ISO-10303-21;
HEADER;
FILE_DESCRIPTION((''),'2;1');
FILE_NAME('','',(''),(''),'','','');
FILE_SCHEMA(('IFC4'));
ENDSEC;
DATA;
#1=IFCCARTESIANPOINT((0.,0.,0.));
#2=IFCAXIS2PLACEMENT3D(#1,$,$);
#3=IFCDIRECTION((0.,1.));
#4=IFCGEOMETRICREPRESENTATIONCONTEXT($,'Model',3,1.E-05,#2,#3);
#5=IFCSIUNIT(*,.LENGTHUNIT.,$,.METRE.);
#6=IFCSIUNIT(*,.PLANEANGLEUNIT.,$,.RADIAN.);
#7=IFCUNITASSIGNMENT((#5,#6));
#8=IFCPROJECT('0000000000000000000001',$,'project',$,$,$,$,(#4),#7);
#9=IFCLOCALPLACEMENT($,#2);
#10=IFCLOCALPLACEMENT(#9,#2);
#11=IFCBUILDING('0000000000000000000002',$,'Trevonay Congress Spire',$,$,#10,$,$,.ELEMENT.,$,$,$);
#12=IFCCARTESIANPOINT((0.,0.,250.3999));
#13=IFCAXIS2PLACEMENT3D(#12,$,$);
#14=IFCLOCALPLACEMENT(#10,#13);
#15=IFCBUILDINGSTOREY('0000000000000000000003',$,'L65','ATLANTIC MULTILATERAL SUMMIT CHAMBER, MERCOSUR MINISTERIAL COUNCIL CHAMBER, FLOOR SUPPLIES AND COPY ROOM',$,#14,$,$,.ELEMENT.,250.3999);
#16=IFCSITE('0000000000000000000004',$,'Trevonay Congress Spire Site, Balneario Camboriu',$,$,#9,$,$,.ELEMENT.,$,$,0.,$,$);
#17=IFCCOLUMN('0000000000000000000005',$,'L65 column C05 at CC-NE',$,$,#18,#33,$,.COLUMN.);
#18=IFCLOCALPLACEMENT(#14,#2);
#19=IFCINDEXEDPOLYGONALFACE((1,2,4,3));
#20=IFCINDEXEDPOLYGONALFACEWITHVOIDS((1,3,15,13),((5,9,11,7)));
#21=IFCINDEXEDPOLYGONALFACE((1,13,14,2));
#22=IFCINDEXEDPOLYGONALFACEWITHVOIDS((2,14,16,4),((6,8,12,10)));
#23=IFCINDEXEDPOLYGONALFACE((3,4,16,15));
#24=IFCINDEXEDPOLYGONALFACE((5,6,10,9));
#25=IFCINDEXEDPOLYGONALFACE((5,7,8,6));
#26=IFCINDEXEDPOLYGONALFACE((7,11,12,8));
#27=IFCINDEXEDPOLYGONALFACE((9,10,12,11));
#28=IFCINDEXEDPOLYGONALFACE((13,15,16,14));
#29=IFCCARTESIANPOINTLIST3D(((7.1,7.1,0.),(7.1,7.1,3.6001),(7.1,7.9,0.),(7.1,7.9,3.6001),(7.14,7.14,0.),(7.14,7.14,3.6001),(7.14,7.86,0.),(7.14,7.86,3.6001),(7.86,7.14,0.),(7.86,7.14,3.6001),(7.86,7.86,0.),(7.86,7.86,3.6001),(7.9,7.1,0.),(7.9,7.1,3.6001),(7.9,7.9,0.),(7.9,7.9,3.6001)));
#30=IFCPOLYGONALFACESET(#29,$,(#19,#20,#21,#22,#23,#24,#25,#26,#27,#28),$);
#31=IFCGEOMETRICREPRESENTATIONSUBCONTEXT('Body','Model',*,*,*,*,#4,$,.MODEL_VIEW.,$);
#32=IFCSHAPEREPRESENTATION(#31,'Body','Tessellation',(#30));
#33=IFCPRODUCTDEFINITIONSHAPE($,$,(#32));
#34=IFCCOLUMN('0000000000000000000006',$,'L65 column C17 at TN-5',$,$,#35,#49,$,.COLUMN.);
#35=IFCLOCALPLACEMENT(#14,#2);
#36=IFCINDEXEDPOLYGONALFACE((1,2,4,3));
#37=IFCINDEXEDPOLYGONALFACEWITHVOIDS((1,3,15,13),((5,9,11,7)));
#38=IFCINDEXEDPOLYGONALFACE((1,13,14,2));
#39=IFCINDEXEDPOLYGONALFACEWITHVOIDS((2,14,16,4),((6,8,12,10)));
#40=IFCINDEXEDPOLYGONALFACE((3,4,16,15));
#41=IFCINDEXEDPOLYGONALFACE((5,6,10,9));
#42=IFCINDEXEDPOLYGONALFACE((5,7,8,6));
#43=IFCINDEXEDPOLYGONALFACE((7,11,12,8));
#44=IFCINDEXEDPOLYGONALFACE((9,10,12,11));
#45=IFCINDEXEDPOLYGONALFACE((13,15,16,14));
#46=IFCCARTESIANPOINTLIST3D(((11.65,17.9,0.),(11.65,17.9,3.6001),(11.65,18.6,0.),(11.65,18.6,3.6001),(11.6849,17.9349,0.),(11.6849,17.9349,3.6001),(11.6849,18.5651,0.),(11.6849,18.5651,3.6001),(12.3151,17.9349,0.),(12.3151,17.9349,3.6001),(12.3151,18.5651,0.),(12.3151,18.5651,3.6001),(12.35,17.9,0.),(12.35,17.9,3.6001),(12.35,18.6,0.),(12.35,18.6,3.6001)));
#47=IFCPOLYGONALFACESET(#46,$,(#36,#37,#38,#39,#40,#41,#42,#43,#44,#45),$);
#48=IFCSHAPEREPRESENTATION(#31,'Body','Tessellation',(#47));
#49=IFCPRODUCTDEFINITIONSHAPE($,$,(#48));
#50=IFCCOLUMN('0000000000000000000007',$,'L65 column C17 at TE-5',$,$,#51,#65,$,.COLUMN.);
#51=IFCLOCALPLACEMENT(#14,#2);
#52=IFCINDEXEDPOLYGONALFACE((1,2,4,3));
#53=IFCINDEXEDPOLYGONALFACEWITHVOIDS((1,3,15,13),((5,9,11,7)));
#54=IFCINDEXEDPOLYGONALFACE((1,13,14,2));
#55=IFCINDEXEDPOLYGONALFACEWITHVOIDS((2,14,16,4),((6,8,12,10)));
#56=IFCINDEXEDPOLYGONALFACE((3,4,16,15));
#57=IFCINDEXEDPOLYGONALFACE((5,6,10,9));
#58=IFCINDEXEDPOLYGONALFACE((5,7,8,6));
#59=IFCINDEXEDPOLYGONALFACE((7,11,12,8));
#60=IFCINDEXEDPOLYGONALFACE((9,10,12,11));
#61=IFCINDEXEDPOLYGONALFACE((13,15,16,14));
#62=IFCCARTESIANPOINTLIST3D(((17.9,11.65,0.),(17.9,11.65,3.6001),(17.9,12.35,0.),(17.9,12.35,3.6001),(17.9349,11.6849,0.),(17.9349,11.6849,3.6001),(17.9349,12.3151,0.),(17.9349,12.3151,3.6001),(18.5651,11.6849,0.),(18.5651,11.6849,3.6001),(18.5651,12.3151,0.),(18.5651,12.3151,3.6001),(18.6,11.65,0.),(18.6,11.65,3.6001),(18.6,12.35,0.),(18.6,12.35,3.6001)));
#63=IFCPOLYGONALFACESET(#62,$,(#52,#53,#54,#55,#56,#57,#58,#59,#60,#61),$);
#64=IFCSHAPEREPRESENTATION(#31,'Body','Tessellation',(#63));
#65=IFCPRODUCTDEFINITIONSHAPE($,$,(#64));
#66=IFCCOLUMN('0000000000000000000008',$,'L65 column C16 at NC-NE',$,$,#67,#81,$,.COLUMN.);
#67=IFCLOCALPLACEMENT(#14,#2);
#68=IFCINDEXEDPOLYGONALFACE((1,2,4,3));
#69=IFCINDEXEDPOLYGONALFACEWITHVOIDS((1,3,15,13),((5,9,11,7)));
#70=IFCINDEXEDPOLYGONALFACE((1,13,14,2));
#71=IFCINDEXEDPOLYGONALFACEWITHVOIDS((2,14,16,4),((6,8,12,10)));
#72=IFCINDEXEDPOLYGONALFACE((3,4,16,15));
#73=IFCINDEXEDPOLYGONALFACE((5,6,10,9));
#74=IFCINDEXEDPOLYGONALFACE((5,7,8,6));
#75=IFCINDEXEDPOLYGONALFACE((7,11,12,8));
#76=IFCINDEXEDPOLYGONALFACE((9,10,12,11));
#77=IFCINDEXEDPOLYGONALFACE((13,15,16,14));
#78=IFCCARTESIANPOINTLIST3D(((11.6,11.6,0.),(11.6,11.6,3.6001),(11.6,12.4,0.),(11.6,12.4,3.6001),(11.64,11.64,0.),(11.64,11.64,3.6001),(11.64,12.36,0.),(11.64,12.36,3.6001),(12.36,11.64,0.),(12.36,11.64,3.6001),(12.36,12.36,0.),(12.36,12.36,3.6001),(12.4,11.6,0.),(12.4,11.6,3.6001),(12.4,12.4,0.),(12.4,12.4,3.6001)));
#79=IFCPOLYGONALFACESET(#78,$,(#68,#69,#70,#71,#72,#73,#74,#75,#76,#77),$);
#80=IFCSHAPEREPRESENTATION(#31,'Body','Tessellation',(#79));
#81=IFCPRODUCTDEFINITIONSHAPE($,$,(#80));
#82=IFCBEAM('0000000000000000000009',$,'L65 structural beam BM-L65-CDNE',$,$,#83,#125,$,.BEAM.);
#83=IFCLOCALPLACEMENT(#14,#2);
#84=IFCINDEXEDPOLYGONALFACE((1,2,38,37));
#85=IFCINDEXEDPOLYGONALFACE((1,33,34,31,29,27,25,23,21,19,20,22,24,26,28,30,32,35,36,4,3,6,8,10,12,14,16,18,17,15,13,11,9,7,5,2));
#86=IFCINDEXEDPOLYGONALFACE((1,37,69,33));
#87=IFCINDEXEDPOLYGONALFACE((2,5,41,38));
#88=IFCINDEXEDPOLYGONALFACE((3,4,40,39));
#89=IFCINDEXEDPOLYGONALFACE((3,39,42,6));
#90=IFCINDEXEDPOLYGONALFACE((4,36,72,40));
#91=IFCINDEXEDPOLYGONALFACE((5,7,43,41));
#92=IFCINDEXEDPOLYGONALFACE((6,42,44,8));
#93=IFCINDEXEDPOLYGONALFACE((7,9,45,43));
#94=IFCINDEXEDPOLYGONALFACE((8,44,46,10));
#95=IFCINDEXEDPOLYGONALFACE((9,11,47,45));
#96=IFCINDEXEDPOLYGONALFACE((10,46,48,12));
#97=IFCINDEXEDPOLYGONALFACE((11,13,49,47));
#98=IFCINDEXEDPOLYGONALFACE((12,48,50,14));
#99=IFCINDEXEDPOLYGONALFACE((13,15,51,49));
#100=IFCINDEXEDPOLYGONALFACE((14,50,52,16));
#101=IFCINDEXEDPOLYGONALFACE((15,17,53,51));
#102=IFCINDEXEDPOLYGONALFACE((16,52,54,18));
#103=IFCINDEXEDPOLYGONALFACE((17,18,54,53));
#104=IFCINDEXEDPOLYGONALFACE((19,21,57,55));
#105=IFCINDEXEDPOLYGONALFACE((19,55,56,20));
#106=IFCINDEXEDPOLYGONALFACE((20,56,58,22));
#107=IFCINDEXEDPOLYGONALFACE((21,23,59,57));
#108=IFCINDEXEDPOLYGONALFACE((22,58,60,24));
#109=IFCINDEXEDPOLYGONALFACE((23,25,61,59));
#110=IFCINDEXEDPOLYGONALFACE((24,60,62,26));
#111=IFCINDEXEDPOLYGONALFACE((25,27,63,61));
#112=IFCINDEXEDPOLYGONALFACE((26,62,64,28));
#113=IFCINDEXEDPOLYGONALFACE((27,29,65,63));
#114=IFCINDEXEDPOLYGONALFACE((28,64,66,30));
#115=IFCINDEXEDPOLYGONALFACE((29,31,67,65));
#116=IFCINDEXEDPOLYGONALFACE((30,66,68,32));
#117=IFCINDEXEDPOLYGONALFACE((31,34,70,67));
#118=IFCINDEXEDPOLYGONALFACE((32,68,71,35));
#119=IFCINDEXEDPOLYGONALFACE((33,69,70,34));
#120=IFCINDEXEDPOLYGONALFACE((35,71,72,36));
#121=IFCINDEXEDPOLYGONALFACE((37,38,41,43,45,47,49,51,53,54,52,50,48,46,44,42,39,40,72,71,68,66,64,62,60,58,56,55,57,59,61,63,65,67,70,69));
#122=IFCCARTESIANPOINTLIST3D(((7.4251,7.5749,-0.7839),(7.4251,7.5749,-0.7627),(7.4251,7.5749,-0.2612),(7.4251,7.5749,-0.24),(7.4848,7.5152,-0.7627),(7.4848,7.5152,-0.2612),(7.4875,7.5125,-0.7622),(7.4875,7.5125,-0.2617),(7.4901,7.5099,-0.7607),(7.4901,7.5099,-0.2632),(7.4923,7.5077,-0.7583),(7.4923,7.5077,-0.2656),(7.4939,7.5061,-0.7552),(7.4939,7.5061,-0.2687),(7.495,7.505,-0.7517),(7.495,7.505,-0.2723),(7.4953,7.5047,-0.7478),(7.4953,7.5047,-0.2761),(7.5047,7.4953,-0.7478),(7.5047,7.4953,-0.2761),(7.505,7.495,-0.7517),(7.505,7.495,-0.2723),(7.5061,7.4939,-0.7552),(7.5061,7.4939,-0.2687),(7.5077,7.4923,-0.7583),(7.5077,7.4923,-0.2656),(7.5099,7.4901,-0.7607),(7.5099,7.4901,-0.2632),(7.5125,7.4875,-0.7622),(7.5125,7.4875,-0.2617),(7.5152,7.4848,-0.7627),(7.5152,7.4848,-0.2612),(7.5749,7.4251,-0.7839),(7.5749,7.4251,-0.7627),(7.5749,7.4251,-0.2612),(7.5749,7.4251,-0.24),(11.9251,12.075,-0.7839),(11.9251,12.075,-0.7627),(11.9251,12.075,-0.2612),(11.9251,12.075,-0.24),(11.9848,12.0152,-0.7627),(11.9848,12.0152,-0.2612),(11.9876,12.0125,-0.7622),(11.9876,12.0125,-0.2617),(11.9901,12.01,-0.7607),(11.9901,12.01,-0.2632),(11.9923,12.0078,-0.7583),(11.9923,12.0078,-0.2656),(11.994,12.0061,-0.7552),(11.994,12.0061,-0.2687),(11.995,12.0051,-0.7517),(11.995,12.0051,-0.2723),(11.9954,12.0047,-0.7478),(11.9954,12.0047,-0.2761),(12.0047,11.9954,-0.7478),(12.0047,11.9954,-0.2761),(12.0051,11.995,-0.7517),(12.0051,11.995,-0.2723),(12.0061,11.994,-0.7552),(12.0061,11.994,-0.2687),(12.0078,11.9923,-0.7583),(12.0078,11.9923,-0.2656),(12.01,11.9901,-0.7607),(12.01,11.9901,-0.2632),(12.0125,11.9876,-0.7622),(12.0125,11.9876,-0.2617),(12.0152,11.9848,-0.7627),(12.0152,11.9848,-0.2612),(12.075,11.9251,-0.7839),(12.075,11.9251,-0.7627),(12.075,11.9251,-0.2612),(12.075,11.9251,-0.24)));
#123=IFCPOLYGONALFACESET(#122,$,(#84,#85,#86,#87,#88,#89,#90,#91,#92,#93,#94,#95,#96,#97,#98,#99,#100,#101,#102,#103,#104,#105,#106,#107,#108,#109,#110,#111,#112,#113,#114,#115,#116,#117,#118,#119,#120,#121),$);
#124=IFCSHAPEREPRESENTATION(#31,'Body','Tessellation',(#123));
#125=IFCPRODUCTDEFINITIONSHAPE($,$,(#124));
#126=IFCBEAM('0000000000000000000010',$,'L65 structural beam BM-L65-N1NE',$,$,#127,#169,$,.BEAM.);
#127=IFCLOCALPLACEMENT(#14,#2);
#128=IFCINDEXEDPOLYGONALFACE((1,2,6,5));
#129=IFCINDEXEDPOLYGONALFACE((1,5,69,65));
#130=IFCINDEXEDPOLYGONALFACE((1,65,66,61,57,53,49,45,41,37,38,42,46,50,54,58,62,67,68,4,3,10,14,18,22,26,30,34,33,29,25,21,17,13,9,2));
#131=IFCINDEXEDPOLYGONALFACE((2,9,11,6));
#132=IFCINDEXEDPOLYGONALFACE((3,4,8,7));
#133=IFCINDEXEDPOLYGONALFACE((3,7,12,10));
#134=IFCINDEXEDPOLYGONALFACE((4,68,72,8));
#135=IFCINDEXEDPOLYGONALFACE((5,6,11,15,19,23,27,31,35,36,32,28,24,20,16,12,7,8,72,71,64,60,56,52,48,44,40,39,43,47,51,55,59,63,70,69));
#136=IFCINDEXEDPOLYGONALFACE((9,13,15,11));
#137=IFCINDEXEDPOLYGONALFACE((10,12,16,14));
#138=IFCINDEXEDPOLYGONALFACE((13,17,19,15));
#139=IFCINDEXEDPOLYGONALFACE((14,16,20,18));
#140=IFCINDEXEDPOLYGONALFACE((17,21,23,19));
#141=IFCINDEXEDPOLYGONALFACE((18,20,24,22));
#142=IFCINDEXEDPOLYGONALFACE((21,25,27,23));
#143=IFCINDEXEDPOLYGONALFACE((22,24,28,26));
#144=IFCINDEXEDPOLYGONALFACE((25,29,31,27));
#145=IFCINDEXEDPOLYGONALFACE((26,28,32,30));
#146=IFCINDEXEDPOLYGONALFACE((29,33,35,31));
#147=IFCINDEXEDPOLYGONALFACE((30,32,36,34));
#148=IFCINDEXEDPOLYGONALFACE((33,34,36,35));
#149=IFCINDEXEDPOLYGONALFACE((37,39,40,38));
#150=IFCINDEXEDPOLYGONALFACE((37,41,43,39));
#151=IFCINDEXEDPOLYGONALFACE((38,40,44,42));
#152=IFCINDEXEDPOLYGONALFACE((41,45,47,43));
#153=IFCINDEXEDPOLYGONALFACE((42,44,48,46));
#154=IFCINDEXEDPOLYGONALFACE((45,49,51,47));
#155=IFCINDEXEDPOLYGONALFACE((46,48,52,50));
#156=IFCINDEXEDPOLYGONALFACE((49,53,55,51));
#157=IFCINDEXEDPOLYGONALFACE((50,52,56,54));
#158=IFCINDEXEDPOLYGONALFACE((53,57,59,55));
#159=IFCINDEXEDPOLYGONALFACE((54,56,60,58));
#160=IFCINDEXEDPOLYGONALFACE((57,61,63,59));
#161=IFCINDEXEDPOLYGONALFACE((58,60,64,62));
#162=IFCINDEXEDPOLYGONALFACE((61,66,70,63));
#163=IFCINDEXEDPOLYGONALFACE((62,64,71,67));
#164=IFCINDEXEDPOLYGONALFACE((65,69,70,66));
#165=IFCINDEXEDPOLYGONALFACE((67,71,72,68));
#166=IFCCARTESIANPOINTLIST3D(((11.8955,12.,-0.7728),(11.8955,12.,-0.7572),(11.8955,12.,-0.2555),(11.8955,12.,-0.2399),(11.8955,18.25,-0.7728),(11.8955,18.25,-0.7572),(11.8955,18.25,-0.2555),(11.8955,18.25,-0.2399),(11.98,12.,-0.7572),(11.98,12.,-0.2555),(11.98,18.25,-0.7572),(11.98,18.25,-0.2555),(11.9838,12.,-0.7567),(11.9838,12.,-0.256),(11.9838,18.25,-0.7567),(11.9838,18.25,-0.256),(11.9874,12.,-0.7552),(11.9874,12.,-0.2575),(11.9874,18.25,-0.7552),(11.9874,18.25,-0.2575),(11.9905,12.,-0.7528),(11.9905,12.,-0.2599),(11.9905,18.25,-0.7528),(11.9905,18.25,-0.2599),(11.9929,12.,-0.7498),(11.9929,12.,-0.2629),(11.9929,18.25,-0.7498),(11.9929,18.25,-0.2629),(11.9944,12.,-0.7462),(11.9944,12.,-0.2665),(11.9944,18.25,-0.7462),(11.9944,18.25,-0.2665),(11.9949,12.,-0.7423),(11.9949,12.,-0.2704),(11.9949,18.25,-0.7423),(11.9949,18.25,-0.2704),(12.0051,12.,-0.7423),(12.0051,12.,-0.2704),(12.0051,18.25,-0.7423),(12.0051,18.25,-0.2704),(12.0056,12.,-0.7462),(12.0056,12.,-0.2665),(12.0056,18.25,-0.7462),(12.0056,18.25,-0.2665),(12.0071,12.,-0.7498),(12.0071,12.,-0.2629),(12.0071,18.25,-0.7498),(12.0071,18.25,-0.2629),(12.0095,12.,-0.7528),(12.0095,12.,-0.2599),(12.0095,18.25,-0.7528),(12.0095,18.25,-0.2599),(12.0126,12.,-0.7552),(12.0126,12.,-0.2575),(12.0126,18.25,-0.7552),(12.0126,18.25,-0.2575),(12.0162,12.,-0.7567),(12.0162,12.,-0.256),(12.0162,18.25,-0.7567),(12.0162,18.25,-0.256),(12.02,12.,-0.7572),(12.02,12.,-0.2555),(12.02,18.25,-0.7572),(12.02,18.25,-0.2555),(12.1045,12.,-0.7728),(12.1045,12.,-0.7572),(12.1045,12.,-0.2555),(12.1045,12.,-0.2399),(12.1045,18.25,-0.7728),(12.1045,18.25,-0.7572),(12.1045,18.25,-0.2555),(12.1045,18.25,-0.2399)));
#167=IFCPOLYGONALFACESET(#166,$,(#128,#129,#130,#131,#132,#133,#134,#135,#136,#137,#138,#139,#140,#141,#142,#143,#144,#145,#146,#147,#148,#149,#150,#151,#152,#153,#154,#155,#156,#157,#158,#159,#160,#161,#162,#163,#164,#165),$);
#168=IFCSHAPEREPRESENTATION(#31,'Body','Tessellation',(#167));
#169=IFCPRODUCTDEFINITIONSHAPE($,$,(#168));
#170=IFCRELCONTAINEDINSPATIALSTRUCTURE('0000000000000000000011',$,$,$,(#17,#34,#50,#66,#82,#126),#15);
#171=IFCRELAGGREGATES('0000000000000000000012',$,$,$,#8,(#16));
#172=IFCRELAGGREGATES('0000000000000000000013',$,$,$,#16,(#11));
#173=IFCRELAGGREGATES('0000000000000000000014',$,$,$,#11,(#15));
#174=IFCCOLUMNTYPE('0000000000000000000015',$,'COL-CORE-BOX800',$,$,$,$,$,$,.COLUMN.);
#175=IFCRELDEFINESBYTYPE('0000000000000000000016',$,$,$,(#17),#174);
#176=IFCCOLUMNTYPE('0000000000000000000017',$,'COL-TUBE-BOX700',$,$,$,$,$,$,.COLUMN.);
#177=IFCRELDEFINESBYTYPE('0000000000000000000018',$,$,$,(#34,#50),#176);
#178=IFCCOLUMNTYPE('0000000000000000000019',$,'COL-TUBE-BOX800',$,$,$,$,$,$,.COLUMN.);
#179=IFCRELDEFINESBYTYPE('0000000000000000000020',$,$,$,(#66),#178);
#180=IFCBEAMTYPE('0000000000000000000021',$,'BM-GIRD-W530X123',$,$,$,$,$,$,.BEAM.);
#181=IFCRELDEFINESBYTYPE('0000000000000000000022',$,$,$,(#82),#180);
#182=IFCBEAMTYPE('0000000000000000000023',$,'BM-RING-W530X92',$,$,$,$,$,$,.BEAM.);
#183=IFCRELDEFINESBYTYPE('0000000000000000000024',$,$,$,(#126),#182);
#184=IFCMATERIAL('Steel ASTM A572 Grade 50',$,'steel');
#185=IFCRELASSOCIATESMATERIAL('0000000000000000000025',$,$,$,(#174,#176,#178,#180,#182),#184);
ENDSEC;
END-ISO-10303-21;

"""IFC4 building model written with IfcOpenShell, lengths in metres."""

from ifc_helpers import new_model, si_unit, direction, frame, origin, origin_2d, place, context, subcontext, project, spatial, hollow_rectangle, i_section, extrude, material, material_profile, profile_set, type_object, element, save


model = new_model("IFC4")

# Units and contexts
model_context = context("Model", 3, precision=1e-05, world=origin(), true_north=direction((0.0, 1.0)))
body_context = subcontext(model_context, "Body", "Model", "MODEL_VIEW")
ifc_project = project(units=[si_unit("LENGTHUNIT", "METRE"), si_unit("PLANEANGLEUNIT", "RADIAN")], contexts=[model_context])

# Site, building, storey
site_placement = place(None, origin())
site = spatial("IfcSite", under=ifc_project, at=site_placement, Name="Trevonay Congress Spire Site, Balneario Camboriu", CompositionType="ELEMENT", RefElevation=0.0)
building_placement = place(site_placement, origin())
building = spatial("IfcBuilding", under=site, at=building_placement, Name="Trevonay Congress Spire", CompositionType="ELEMENT")
storey_placement = place(building_placement, frame((0.0, 0.0, 250.3999)))
storey = spatial("IfcBuildingStorey", under=building, at=storey_placement, Name="L65", Description="ATLANTIC MULTILATERAL SUMMIT CHAMBER, MERCOSUR MINISTERIAL COUNCIL CHAMBER, FLOOR SUPPLIES AND COPY ROOM", CompositionType="ELEMENT", Elevation=250.3999)

# Columns
ifc_material_1 = material(Name="Steel ASTM A572 Grade 50", Category="steel")
ifc_material_profile_1 = material_profile(ifc_material_1, hollow_rectangle(XDim=0.8, YDim=0.8, WallThickness=0.04, at=origin_2d()), Name="BOX 800x800x40")
ifc_profile_set_1 = profile_set([ifc_material_profile_1], Name="Steel ASTM A572 Grade 50")
column_type_1 = type_object("IfcColumnType", Name="COL-CORE-BOX800", PredefinedType="COLUMN", material=ifc_profile_set_1)
column_1_placement = place(storey_placement, frame((7.5, 7.5, 0.0), z_axis=(0.0, 0.0, 1.0), x_axis=(1.0, 0.0, 0.0)))
element("IfcColumn", 1, at=column_1_placement, inside=storey, type_object=column_type_1, Name="L65 column C05 at CC-NE", PredefinedType="COLUMN", context=body_context, shape_type="SweptSolid", body=[
    extrude(hollow_rectangle(XDim=0.8, YDim=0.8, WallThickness=0.04, at=origin_2d()), origin(), (0.0, 0.0, 1.0), 3.6001),
])
ifc_material_profile_2 = material_profile(ifc_material_1, hollow_rectangle(XDim=0.7, YDim=0.7, WallThickness=0.0349, at=origin_2d()), Name="BOX 700x700x35")
ifc_profile_set_2 = profile_set([ifc_material_profile_2], Name="Steel ASTM A572 Grade 50")
column_type_2 = type_object("IfcColumnType", Name="COL-TUBE-BOX700", PredefinedType="COLUMN", material=ifc_profile_set_2)
for number, where, z_axis, x_axis, name in (
    (2, (12.0, 18.25, 0.0), (0.0, 0.0, 1.0), (1.0, 0.0, 0.0), "L65 column C17 at TN-5"),
    (3, (18.25, 12.0, 0.0), (0.0, 0.0, 1.0), (1.0, 0.0, 0.0), "L65 column C17 at TE-5"),
):
    element("IfcColumn", number, at=place(storey_placement, frame(where, z_axis=z_axis, x_axis=x_axis)), inside=storey, type_object=column_type_2, Name=name, PredefinedType="COLUMN", context=body_context, shape_type="SweptSolid", body=[
        extrude(hollow_rectangle(XDim=0.7, YDim=0.7, WallThickness=0.0349, at=origin_2d()), origin(), (0.0, 0.0, 1.0), 3.6001),
    ])
ifc_material_profile_3 = material_profile(ifc_material_1, hollow_rectangle(XDim=0.8, YDim=0.8, WallThickness=0.04, at=origin_2d()), Name="BOX 800x800x40")
ifc_profile_set_3 = profile_set([ifc_material_profile_3], Name="Steel ASTM A572 Grade 50")
column_type_3 = type_object("IfcColumnType", Name="COL-TUBE-BOX800", PredefinedType="COLUMN", material=ifc_profile_set_3)
column_2_placement = place(storey_placement, frame((12.0, 12.0, 0.0), z_axis=(0.0, 0.0, 1.0), x_axis=(1.0, 0.0, 0.0)))
element("IfcColumn", 4, at=column_2_placement, inside=storey, type_object=column_type_3, Name="L65 column C16 at NC-NE", PredefinedType="COLUMN", context=body_context, shape_type="SweptSolid", body=[
    extrude(hollow_rectangle(XDim=0.8, YDim=0.8, WallThickness=0.04, at=origin_2d()), origin(), (0.0, 0.0, 1.0), 3.6001),
])

# Beams
ifc_material_profile_4 = material_profile(ifc_material_1, i_section(OverallWidth=0.2119, OverallDepth=0.5439, WebThickness=0.0132, FlangeThickness=0.0212, FilletRadius=0.0149, at=origin_2d()), Name="W530x123")
ifc_profile_set_4 = profile_set([ifc_material_profile_4], Name="Steel ASTM A572 Grade 50")
beam_type_1 = type_object("IfcBeamType", Name="BM-GIRD-W530X123", PredefinedType="BEAM", material=ifc_profile_set_4)
beam_placement = place(storey_placement, frame((7.5, 7.5, -0.512), z_axis=(0.707107, 0.707107, 0.0), x_axis=(-0.707107, 0.707107, 0.0)))
element("IfcBeam", 5, at=beam_placement, inside=storey, type_object=beam_type_1, Name="L65 structural beam BM-L65-CDNE", PredefinedType="BEAM", context=body_context, shape_type="SweptSolid", body=[
    extrude(i_section(OverallWidth=0.2119, OverallDepth=0.5439, WebThickness=0.0132, FlangeThickness=0.0212, FilletRadius=0.0149, at=origin_2d()), origin(), (0.0, 0.0, 1.0), 6.364),
])
ifc_material_profile_5 = material_profile(ifc_material_1, i_section(OverallWidth=0.209, OverallDepth=0.533, WebThickness=0.0103, FlangeThickness=0.0156, FilletRadius=0.0149, at=origin_2d()), Name="W530x92")
ifc_profile_set_5 = profile_set([ifc_material_profile_5], Name="Steel ASTM A572 Grade 50")
beam_type_2 = type_object("IfcBeamType", Name="BM-RING-W530X92", PredefinedType="BEAM", material=ifc_profile_set_5)
for number, where, z_axis, x_axis, name in (
    (6, (12.0, 18.25, -0.5063), (0.0, -1.0, 0.0), (1.0, 0.0, 0.0), "L65 structural beam BM-L65-N1NE"),
):
    element("IfcBeam", number, at=place(storey_placement, frame(where, z_axis=z_axis, x_axis=x_axis)), inside=storey, type_object=beam_type_2, Name=name, PredefinedType="BEAM", context=body_context, shape_type="SweptSolid", body=[
        extrude(i_section(OverallWidth=0.209, OverallDepth=0.533, WebThickness=0.0103, FlangeThickness=0.0156, FilletRadius=0.0149, at=origin_2d()), origin(), (0.0, 0.0, 1.0), 6.25),
    ])

save(model, "model.ifc")
